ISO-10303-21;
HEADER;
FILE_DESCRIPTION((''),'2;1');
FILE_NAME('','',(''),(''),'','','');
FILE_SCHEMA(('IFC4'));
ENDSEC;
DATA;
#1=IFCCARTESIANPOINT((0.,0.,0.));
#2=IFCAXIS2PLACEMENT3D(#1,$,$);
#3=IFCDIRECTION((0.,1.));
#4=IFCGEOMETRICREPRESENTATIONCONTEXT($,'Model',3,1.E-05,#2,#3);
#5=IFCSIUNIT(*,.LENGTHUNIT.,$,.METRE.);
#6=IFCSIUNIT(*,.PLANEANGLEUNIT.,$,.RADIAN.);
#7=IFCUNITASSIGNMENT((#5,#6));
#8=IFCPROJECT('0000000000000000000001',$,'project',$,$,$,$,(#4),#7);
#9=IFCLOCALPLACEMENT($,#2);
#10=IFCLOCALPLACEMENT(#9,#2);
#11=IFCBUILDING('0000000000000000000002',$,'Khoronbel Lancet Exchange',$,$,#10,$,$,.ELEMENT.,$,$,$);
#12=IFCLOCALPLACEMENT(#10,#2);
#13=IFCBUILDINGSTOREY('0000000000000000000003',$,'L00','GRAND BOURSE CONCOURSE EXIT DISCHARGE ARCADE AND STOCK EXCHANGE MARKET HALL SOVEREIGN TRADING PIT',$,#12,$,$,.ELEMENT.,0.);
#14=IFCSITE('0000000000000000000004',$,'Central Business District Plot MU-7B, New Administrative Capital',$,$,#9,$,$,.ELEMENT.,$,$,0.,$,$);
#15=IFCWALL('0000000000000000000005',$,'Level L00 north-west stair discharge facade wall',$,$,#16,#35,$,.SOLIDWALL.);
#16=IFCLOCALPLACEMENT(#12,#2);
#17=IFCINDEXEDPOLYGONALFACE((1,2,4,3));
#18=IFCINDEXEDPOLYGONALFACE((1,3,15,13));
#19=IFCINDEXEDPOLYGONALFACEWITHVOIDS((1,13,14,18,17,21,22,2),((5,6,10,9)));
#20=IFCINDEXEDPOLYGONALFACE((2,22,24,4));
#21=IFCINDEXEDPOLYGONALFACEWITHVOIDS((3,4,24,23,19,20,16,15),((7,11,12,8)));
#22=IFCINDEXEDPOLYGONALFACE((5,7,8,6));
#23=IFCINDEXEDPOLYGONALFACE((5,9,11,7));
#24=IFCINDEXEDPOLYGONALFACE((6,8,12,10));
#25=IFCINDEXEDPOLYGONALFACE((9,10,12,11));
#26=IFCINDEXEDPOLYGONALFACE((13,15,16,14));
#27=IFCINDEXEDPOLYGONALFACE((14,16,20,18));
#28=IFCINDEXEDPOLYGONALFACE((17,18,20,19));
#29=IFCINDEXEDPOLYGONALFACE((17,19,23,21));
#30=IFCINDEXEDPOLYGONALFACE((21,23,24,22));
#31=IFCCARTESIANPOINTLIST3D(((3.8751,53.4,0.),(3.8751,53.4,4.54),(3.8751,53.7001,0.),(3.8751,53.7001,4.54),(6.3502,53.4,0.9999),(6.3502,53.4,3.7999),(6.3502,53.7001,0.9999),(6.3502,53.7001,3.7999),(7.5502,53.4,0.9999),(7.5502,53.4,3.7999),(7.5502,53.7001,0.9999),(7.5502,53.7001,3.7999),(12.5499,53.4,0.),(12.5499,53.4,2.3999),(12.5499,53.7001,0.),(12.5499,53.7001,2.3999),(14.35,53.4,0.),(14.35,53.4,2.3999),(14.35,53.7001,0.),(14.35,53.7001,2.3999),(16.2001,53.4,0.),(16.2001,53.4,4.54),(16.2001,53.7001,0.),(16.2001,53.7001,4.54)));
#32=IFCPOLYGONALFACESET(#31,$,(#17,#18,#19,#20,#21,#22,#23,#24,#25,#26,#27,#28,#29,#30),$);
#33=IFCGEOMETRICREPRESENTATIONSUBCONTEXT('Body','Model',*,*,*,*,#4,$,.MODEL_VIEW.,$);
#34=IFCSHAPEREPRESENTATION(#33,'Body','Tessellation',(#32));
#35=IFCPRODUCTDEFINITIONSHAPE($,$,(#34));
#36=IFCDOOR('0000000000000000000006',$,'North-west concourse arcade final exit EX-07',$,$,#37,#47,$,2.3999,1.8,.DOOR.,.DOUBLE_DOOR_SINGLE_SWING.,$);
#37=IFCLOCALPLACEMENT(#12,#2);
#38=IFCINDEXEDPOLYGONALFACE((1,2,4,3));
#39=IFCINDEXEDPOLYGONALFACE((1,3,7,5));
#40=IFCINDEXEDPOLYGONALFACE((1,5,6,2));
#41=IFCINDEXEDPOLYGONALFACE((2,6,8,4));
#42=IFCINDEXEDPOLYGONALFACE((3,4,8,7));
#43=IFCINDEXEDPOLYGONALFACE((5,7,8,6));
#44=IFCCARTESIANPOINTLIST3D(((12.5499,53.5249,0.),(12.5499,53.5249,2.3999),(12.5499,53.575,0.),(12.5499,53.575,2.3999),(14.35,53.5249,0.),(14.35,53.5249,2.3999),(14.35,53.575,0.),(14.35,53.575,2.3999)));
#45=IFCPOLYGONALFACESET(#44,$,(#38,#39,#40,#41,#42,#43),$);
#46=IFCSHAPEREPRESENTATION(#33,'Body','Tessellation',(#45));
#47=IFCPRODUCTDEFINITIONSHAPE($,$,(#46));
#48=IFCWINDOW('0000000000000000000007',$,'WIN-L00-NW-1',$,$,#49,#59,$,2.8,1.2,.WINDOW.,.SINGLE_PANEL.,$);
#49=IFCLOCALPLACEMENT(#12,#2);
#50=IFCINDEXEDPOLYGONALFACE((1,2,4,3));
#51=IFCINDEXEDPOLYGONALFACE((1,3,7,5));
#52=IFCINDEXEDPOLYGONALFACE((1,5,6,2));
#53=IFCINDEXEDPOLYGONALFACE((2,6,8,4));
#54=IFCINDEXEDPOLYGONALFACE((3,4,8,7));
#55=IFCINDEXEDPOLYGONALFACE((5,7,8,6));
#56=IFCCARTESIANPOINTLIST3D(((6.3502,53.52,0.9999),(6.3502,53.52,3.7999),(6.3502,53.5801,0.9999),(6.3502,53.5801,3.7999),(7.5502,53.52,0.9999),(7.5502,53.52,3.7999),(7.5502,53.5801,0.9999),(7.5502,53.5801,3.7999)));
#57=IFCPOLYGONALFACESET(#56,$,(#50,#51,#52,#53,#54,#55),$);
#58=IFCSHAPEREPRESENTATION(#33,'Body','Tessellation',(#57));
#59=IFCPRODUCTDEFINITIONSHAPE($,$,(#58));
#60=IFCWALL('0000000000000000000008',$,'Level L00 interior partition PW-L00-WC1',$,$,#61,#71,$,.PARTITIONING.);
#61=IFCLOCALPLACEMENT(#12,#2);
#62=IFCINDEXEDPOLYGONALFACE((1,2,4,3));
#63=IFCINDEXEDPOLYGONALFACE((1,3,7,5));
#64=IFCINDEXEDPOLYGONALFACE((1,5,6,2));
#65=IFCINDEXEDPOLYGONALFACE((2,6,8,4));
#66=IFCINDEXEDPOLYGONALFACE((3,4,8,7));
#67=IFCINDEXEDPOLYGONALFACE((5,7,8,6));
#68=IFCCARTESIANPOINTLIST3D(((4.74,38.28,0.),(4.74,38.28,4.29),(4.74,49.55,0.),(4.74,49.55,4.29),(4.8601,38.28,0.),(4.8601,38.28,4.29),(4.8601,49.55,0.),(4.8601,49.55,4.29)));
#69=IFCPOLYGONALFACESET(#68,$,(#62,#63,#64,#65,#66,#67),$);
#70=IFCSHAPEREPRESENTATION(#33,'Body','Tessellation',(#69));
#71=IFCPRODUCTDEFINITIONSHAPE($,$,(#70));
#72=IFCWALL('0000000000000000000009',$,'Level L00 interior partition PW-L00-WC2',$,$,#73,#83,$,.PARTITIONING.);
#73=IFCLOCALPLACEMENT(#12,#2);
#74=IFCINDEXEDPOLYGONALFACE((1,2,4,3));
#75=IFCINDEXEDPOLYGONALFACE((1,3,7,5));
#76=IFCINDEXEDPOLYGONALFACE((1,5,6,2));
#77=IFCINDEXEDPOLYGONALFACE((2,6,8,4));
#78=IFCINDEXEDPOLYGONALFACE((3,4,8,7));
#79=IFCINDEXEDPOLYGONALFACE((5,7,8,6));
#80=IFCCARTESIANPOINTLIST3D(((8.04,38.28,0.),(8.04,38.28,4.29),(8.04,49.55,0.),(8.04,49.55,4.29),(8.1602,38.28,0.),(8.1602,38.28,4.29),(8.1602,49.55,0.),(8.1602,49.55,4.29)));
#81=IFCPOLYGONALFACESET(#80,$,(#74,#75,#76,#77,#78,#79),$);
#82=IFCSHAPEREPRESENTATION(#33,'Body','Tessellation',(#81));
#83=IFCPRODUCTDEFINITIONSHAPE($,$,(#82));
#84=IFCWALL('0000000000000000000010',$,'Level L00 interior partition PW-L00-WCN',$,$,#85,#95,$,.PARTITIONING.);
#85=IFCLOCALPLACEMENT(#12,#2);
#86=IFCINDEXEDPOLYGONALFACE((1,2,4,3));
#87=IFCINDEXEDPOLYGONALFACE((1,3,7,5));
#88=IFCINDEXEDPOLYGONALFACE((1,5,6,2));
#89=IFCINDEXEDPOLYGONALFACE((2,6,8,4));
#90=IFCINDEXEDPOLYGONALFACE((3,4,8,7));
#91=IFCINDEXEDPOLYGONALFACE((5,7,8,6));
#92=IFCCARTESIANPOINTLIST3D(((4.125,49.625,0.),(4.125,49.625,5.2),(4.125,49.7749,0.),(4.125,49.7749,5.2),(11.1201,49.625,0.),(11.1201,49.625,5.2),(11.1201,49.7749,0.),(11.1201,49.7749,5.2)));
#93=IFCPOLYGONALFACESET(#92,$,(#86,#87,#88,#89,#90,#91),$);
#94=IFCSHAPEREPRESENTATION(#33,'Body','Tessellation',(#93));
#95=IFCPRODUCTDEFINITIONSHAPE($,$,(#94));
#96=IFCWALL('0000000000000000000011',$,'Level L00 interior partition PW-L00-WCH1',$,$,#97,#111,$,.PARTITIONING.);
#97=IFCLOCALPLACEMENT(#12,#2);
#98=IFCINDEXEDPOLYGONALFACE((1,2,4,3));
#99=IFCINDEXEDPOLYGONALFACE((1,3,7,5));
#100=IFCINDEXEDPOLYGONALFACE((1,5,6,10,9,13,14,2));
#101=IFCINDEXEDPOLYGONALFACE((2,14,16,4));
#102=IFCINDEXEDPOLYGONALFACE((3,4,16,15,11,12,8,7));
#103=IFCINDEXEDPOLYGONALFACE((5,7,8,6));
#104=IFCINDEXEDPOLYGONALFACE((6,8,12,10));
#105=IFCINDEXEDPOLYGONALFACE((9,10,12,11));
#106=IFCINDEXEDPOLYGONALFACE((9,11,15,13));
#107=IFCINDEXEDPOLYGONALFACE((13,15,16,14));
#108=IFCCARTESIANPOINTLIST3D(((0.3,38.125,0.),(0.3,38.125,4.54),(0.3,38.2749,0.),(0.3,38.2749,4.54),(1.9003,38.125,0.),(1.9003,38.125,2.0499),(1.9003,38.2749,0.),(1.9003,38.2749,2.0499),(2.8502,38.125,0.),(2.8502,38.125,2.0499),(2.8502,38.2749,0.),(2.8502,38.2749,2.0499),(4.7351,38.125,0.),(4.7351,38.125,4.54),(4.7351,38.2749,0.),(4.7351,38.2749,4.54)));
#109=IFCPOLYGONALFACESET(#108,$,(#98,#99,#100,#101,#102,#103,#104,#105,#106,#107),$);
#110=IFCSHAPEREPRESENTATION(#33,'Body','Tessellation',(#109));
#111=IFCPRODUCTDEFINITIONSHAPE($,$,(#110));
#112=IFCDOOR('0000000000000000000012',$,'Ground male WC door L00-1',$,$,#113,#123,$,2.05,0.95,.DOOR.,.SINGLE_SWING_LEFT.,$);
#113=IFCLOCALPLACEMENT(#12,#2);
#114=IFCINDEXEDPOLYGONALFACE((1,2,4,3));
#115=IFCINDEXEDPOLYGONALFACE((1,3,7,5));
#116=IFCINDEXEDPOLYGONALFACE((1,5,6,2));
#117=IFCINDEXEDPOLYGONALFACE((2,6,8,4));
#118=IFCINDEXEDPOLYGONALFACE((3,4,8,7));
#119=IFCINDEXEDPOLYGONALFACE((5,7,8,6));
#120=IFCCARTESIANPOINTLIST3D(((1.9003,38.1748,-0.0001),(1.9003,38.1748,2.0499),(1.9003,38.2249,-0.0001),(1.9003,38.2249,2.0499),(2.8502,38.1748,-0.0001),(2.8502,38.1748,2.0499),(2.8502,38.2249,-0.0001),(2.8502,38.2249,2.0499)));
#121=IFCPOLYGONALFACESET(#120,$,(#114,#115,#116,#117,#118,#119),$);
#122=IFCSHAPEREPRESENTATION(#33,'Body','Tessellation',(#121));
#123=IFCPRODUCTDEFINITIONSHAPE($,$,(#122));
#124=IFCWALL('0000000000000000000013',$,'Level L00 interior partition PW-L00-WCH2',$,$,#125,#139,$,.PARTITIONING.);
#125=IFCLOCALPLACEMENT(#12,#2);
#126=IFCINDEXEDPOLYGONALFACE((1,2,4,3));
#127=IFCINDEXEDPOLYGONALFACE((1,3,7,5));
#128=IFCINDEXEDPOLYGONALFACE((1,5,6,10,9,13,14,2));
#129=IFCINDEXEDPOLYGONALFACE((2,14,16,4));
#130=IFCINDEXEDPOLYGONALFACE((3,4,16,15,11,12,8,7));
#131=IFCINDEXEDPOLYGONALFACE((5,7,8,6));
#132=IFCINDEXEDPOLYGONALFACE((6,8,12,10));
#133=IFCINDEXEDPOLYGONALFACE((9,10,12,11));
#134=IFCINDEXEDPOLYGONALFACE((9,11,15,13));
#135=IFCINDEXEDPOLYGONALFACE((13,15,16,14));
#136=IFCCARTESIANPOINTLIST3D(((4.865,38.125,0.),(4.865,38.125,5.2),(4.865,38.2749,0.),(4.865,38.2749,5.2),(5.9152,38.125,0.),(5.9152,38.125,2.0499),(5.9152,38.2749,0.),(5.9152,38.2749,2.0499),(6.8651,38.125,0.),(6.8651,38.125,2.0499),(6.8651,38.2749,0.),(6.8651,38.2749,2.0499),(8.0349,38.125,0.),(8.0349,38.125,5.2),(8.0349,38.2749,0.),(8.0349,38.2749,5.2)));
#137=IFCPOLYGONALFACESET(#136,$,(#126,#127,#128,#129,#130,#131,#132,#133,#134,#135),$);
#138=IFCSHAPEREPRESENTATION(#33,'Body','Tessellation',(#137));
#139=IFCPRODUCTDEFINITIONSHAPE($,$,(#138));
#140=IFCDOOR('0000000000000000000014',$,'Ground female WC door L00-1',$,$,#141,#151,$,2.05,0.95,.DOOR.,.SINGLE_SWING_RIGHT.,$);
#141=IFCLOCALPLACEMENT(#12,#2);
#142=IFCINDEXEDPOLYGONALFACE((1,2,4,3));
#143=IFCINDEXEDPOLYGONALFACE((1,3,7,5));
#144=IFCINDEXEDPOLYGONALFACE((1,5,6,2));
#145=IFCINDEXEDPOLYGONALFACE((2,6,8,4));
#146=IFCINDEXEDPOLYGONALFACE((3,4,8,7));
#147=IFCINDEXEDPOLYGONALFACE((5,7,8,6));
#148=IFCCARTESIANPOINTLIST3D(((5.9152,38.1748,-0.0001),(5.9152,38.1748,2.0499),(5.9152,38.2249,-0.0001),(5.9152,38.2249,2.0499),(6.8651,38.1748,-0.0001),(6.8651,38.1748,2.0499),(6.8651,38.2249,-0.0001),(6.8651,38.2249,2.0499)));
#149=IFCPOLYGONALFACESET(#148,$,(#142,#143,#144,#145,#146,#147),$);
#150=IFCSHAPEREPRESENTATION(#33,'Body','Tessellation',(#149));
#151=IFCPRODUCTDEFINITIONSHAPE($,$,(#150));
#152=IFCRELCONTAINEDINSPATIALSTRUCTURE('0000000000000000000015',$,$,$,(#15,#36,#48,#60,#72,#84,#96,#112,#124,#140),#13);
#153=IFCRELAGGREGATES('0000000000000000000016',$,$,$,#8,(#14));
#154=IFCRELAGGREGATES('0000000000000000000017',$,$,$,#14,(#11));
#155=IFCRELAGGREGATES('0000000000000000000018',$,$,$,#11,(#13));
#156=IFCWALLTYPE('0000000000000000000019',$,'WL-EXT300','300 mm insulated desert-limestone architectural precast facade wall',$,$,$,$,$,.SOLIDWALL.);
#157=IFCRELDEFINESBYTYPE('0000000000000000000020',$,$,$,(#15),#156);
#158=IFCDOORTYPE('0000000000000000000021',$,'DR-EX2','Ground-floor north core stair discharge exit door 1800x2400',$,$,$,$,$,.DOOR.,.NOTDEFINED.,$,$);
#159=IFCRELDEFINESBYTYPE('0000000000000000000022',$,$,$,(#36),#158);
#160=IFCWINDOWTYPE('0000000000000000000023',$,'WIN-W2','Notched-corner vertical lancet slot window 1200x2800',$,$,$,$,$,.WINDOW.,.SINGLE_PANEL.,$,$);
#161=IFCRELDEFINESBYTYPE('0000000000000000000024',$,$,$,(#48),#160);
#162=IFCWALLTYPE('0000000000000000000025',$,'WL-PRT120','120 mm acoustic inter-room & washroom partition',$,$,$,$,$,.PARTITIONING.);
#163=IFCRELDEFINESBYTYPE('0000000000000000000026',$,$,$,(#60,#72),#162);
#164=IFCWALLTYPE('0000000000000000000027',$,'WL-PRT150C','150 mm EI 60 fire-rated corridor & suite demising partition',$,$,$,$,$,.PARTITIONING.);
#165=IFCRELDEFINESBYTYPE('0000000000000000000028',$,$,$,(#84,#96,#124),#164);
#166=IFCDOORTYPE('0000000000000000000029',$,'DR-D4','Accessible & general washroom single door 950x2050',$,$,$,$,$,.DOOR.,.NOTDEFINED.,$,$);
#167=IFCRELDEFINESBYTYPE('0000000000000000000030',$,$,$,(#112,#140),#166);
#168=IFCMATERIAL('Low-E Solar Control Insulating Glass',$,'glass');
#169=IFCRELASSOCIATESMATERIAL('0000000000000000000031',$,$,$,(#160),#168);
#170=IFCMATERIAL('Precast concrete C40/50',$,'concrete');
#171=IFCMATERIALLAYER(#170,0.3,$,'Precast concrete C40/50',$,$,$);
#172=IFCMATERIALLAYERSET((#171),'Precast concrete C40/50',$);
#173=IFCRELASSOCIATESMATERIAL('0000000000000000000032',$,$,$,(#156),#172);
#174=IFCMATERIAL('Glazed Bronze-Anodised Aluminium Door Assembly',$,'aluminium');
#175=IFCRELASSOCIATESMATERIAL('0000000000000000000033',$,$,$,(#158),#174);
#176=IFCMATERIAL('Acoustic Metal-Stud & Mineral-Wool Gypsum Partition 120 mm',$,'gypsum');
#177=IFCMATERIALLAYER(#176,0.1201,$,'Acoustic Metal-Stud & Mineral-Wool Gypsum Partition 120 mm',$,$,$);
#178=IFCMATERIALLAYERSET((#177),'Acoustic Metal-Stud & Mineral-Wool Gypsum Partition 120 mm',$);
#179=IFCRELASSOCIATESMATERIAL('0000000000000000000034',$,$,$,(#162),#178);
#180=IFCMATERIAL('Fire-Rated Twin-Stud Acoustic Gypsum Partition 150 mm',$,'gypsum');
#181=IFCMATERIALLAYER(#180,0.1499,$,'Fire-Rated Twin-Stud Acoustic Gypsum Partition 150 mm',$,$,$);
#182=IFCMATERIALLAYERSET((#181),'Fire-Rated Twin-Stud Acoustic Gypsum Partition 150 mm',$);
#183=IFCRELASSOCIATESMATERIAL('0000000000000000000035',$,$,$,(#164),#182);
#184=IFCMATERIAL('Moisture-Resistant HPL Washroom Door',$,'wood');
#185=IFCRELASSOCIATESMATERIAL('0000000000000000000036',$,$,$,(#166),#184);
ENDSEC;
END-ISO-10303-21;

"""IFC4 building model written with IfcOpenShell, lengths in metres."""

from ifc_helpers import new_model, si_unit, direction, frame, frame_2d, origin, place, context, subcontext, project, spatial, rectangle, extrude, material, layer, layer_set, type_object, element, fill, save


model = new_model("IFC4")

# Units and contexts
model_context = context("Model", 3, precision=1e-05, world=origin(), true_north=direction((0.0, 1.0)))
body_context = subcontext(model_context, "Body", "Model", "MODEL_VIEW")
ifc_project = project(units=[si_unit("LENGTHUNIT", "METRE"), si_unit("PLANEANGLEUNIT", "RADIAN")], contexts=[model_context])

# Site, building, storey
site_placement = place(None, origin())
site = spatial("IfcSite", under=ifc_project, at=site_placement, Name="Central Business District Plot MU-7B, New Administrative Capital", CompositionType="ELEMENT", RefElevation=0.0)
building_placement = place(site_placement, origin())
building = spatial("IfcBuilding", under=site, at=building_placement, Name="Khoronbel Lancet Exchange", CompositionType="ELEMENT")
storey_placement = place(building_placement, origin())
storey = spatial("IfcBuildingStorey", under=building, at=storey_placement, Name="L00", Description="GRAND BOURSE CONCOURSE EXIT DISCHARGE ARCADE AND STOCK EXCHANGE MARKET HALL SOVEREIGN TRADING PIT", CompositionType="ELEMENT", Elevation=0.0)

# Shared definitions
ifc_material_1 = material(Name="Precast concrete C40/50", Category="concrete")
ifc_material_2 = material(Name="Low-E Solar Control Insulating Glass", Category="glass")
window_type_1 = type_object("IfcWindowType", Name="WIN-W2", Description="Notched-corner vertical lancet slot window 1200x2800", PartitioningType="SINGLE_PANEL", PredefinedType="WINDOW", material=ifc_material_2)

# Shared definitions
ifc_layer_1 = layer(ifc_material_1, 0.3, Name="Precast concrete C40/50")
ifc_layer_set_1 = layer_set([ifc_layer_1], Name="Precast concrete C40/50")
wall_type_1 = type_object("IfcWallType", Name="WL-EXT300", Description="300 mm insulated desert-limestone architectural precast facade wall", PredefinedType="SOLIDWALL", material=ifc_layer_set_1)

# Wall, openings, door, window
wall_1_placement = place(storey_placement, frame((3.875, 53.55, 0.0), z_axis=(0.0, 0.0, 1.0), x_axis=(1.0, 0.0, 0.0)))
wall_1 = element("IfcWall", 1, at=wall_1_placement, inside=storey, type_object=wall_type_1, Name="Level L00 north-west stair discharge facade wall", PredefinedType="SOLIDWALL", context=body_context, shape_type="SweptSolid", body=[
    extrude(rectangle(XDim=12.325, YDim=0.3, at=frame_2d((6.1626, 0.0))), origin(), (0.0, 0.0, 1.0), 4.54),
])
opening_1_placement = place(wall_1_placement, frame((8.675, 0.0, 0.0)))
opening_1 = element("IfcOpeningElement", 2, at=opening_1_placement, cuts=wall_1, PredefinedType="OPENING", context=body_context, shape_type="SweptSolid", body=[
    extrude(rectangle(XDim=1.8, YDim=2.3999, at=frame_2d((0.8999, 1.2))), frame((0.0, 0.1602, 0.0), z_axis=(0.0, -1.0, 0.0), x_axis=(1.0, 0.0, 0.0)), (0.0, 0.0, 1.0), 0.3201),
])
opening_2_placement = place(wall_1_placement, frame((2.4751, 0.0, 1.0)))
opening_2 = element("IfcOpeningElement", 3, at=opening_2_placement, cuts=wall_1, PredefinedType="OPENING", context=body_context, shape_type="SweptSolid", body=[
    extrude(rectangle(XDim=1.2, YDim=2.8, at=frame_2d((0.6001, 1.3999))), frame((0.0, 0.1602, 0.0), z_axis=(0.0, -1.0, 0.0), x_axis=(1.0, 0.0, 0.0)), (0.0, 0.0, 1.0), 0.3201),
])
ifc_material_3 = material(Name="Glazed Bronze-Anodised Aluminium Door Assembly", Category="aluminium")
door_type_1 = type_object("IfcDoorType", Name="DR-EX2", Description="Ground-floor north core stair discharge exit door 1800x2400", OperationType="NOTDEFINED", PredefinedType="DOOR", material=ifc_material_3)
door_1_placement = place(opening_1_placement, origin())
door_1 = element("IfcDoor", 4, at=door_1_placement, inside=storey, type_object=door_type_1, Name="North-west concourse arcade final exit EX-07", OperationType="DOUBLE_DOOR_SINGLE_SWING", OverallHeight=2.3999, OverallWidth=1.8, PredefinedType="DOOR", context=body_context, shape_type="SweptSolid", body=[
    extrude(rectangle(XDim=1.8, YDim=2.3999, at=frame_2d((0.8999, 1.2))), frame((0.0, 0.0249, 0.0), z_axis=(0.0, -1.0, 0.0), x_axis=(1.0, 0.0, 0.0)), (0.0, 0.0, 1.0), 0.05),
])
fill(opening_1, door_1)
window_1_placement = place(opening_2_placement, origin())
window_1 = element("IfcWindow", 5, at=window_1_placement, inside=storey, type_object=window_type_1, Name="WIN-L00-NW-1", OverallHeight=2.8, OverallWidth=1.2, PartitioningType="SINGLE_PANEL", PredefinedType="WINDOW", context=body_context, shape_type="SweptSolid", body=[
    extrude(rectangle(XDim=1.2, YDim=2.8, at=frame_2d((0.6001, 1.3999))), frame((0.0, 0.03, 0.0), z_axis=(0.0, -1.0, 0.0), x_axis=(1.0, 0.0, 0.0)), (0.0, 0.0, 1.0), 0.0601),
])
fill(opening_2, window_1)

# Walls
ifc_material_4 = material(Name="Acoustic Metal-Stud & Mineral-Wool Gypsum Partition 120 mm", Category="gypsum")
ifc_layer_2 = layer(ifc_material_4, 0.1201, Name="Acoustic Metal-Stud & Mineral-Wool Gypsum Partition 120 mm")
ifc_layer_set_2 = layer_set([ifc_layer_2], Name="Acoustic Metal-Stud & Mineral-Wool Gypsum Partition 120 mm")
wall_type_2 = type_object("IfcWallType", Name="WL-PRT120", Description="120 mm acoustic inter-room & washroom partition", PredefinedType="PARTITIONING", material=ifc_layer_set_2)
for number, where, z_axis, x_axis, name in (
    (6, (4.8, 38.28, 0.0), (0.0, 0.0, 1.0), (0.0, 1.0, 0.0), "Level L00 interior partition PW-L00-WC1"),
    (7, (8.1001, 38.28, 0.0), (0.0, 0.0, 1.0), (0.0, 1.0, 0.0), "Level L00 interior partition PW-L00-WC2"),
):
    element("IfcWall", number, at=place(storey_placement, frame(where, z_axis=z_axis, x_axis=x_axis)), inside=storey, type_object=wall_type_2, Name=name, PredefinedType="PARTITIONING", context=body_context, shape_type="SweptSolid", body=[
        extrude(rectangle(XDim=11.27, YDim=0.1201, at=frame_2d((5.635, 0.0))), origin(), (0.0, 0.0, 1.0), 4.29),
    ])
ifc_material_5 = material(Name="Fire-Rated Twin-Stud Acoustic Gypsum Partition 150 mm", Category="gypsum")
ifc_layer_3 = layer(ifc_material_5, 0.1499, Name="Fire-Rated Twin-Stud Acoustic Gypsum Partition 150 mm")
ifc_layer_set_3 = layer_set([ifc_layer_3], Name="Fire-Rated Twin-Stud Acoustic Gypsum Partition 150 mm")
wall_type_3 = type_object("IfcWallType", Name="WL-PRT150C", Description="150 mm EI 60 fire-rated corridor & suite demising partition", PredefinedType="PARTITIONING", material=ifc_layer_set_3)
wall_2_placement = place(storey_placement, frame((4.125, 49.7, 0.0), z_axis=(0.0, 0.0, 1.0), x_axis=(1.0, 0.0, 0.0)))
element("IfcWall", 8, at=wall_2_placement, inside=storey, type_object=wall_type_3, Name="Level L00 interior partition PW-L00-WCN", PredefinedType="PARTITIONING", context=body_context, shape_type="SweptSolid", body=[
    extrude(rectangle(XDim=6.9951, YDim=0.1499, at=frame_2d((3.4976, 0.0))), origin(), (0.0, 0.0, 1.0), 5.2),
])

# Walls, openings, doors
wall_3_placement = place(storey_placement, frame((0.3, 38.2, 0.0), z_axis=(0.0, 0.0, 1.0), x_axis=(1.0, 0.0, 0.0)))
wall_3 = element("IfcWall", 9, at=wall_3_placement, inside=storey, type_object=wall_type_3, Name="Level L00 interior partition PW-L00-WCH1", PredefinedType="PARTITIONING", context=body_context, shape_type="SweptSolid", body=[
    extrude(rectangle(XDim=4.4351, YDim=0.1499, at=frame_2d((2.2175, 0.0))), origin(), (0.0, 0.0, 1.0), 4.54),
])
opening_3_placement = place(wall_3_placement, frame((1.6001, 0.0, 0.0)))
opening_3 = element("IfcOpeningElement", 10, at=opening_3_placement, cuts=wall_3, PredefinedType="OPENING", context=body_context, shape_type="SweptSolid", body=[
    extrude(rectangle(XDim=0.95, YDim=2.05, at=frame_2d((0.4751, 1.0249))), frame((0.0, 0.085, 0.0), z_axis=(0.0, -1.0, 0.0), x_axis=(1.0, 0.0, 0.0)), (0.0, 0.0, 1.0), 0.1699),
])
ifc_material_6 = material(Name="Moisture-Resistant HPL Washroom Door", Category="wood")
door_type_2 = type_object("IfcDoorType", Name="DR-D4", Description="Accessible & general washroom single door 950x2050", OperationType="NOTDEFINED", PredefinedType="DOOR", material=ifc_material_6)
door_2_placement = place(opening_3_placement, origin())
door_2 = element("IfcDoor", 11, at=door_2_placement, inside=storey, type_object=door_type_2, Name="Ground male WC door L00-1", OperationType="SINGLE_SWING_LEFT", OverallHeight=2.05, OverallWidth=0.95, PredefinedType="DOOR", context=body_context, shape_type="SweptSolid", body=[
    extrude(rectangle(XDim=0.95, YDim=2.05, at=frame_2d((0.4751, 1.0249))), frame((0.0, 0.0249, 0.0), z_axis=(0.0, -1.0, 0.0), x_axis=(1.0, 0.0, 0.0)), (0.0, 0.0, 1.0), 0.05),
])
fill(opening_3, door_2)
wall_4_placement = place(storey_placement, frame((4.865, 38.2, 0.0), z_axis=(0.0, 0.0, 1.0), x_axis=(1.0, 0.0, 0.0)))
wall_4 = element("IfcWall", 12, at=wall_4_placement, inside=storey, type_object=wall_type_3, Name="Level L00 interior partition PW-L00-WCH2", PredefinedType="PARTITIONING", context=body_context, shape_type="SweptSolid", body=[
    extrude(rectangle(XDim=3.1699, YDim=0.1499, at=frame_2d((1.585, 0.0))), origin(), (0.0, 0.0, 1.0), 5.2),
])
opening_4_placement = place(wall_4_placement, frame((1.05, 0.0, 0.0)))
opening_4 = element("IfcOpeningElement", 13, at=opening_4_placement, cuts=wall_4, PredefinedType="OPENING", context=body_context, shape_type="SweptSolid", body=[
    extrude(rectangle(XDim=0.95, YDim=2.05, at=frame_2d((0.4751, 1.0249))), frame((0.0, 0.085, 0.0), z_axis=(0.0, -1.0, 0.0), x_axis=(1.0, 0.0, 0.0)), (0.0, 0.0, 1.0), 0.1699),
])
door_3_placement = place(opening_4_placement, origin())
door_3 = element("IfcDoor", 14, at=door_3_placement, inside=storey, type_object=door_type_2, Name="Ground female WC door L00-1", OperationType="SINGLE_SWING_RIGHT", OverallHeight=2.05, OverallWidth=0.95, PredefinedType="DOOR", context=body_context, shape_type="SweptSolid", body=[
    extrude(rectangle(XDim=0.95, YDim=2.05, at=frame_2d((0.4751, 1.0249))), frame((0.0, 0.0249, 0.0), z_axis=(0.0, -1.0, 0.0), x_axis=(1.0, 0.0, 0.0)), (0.0, 0.0, 1.0), 0.05),
])
fill(opening_4, door_3)

save(model, "model.ifc")
